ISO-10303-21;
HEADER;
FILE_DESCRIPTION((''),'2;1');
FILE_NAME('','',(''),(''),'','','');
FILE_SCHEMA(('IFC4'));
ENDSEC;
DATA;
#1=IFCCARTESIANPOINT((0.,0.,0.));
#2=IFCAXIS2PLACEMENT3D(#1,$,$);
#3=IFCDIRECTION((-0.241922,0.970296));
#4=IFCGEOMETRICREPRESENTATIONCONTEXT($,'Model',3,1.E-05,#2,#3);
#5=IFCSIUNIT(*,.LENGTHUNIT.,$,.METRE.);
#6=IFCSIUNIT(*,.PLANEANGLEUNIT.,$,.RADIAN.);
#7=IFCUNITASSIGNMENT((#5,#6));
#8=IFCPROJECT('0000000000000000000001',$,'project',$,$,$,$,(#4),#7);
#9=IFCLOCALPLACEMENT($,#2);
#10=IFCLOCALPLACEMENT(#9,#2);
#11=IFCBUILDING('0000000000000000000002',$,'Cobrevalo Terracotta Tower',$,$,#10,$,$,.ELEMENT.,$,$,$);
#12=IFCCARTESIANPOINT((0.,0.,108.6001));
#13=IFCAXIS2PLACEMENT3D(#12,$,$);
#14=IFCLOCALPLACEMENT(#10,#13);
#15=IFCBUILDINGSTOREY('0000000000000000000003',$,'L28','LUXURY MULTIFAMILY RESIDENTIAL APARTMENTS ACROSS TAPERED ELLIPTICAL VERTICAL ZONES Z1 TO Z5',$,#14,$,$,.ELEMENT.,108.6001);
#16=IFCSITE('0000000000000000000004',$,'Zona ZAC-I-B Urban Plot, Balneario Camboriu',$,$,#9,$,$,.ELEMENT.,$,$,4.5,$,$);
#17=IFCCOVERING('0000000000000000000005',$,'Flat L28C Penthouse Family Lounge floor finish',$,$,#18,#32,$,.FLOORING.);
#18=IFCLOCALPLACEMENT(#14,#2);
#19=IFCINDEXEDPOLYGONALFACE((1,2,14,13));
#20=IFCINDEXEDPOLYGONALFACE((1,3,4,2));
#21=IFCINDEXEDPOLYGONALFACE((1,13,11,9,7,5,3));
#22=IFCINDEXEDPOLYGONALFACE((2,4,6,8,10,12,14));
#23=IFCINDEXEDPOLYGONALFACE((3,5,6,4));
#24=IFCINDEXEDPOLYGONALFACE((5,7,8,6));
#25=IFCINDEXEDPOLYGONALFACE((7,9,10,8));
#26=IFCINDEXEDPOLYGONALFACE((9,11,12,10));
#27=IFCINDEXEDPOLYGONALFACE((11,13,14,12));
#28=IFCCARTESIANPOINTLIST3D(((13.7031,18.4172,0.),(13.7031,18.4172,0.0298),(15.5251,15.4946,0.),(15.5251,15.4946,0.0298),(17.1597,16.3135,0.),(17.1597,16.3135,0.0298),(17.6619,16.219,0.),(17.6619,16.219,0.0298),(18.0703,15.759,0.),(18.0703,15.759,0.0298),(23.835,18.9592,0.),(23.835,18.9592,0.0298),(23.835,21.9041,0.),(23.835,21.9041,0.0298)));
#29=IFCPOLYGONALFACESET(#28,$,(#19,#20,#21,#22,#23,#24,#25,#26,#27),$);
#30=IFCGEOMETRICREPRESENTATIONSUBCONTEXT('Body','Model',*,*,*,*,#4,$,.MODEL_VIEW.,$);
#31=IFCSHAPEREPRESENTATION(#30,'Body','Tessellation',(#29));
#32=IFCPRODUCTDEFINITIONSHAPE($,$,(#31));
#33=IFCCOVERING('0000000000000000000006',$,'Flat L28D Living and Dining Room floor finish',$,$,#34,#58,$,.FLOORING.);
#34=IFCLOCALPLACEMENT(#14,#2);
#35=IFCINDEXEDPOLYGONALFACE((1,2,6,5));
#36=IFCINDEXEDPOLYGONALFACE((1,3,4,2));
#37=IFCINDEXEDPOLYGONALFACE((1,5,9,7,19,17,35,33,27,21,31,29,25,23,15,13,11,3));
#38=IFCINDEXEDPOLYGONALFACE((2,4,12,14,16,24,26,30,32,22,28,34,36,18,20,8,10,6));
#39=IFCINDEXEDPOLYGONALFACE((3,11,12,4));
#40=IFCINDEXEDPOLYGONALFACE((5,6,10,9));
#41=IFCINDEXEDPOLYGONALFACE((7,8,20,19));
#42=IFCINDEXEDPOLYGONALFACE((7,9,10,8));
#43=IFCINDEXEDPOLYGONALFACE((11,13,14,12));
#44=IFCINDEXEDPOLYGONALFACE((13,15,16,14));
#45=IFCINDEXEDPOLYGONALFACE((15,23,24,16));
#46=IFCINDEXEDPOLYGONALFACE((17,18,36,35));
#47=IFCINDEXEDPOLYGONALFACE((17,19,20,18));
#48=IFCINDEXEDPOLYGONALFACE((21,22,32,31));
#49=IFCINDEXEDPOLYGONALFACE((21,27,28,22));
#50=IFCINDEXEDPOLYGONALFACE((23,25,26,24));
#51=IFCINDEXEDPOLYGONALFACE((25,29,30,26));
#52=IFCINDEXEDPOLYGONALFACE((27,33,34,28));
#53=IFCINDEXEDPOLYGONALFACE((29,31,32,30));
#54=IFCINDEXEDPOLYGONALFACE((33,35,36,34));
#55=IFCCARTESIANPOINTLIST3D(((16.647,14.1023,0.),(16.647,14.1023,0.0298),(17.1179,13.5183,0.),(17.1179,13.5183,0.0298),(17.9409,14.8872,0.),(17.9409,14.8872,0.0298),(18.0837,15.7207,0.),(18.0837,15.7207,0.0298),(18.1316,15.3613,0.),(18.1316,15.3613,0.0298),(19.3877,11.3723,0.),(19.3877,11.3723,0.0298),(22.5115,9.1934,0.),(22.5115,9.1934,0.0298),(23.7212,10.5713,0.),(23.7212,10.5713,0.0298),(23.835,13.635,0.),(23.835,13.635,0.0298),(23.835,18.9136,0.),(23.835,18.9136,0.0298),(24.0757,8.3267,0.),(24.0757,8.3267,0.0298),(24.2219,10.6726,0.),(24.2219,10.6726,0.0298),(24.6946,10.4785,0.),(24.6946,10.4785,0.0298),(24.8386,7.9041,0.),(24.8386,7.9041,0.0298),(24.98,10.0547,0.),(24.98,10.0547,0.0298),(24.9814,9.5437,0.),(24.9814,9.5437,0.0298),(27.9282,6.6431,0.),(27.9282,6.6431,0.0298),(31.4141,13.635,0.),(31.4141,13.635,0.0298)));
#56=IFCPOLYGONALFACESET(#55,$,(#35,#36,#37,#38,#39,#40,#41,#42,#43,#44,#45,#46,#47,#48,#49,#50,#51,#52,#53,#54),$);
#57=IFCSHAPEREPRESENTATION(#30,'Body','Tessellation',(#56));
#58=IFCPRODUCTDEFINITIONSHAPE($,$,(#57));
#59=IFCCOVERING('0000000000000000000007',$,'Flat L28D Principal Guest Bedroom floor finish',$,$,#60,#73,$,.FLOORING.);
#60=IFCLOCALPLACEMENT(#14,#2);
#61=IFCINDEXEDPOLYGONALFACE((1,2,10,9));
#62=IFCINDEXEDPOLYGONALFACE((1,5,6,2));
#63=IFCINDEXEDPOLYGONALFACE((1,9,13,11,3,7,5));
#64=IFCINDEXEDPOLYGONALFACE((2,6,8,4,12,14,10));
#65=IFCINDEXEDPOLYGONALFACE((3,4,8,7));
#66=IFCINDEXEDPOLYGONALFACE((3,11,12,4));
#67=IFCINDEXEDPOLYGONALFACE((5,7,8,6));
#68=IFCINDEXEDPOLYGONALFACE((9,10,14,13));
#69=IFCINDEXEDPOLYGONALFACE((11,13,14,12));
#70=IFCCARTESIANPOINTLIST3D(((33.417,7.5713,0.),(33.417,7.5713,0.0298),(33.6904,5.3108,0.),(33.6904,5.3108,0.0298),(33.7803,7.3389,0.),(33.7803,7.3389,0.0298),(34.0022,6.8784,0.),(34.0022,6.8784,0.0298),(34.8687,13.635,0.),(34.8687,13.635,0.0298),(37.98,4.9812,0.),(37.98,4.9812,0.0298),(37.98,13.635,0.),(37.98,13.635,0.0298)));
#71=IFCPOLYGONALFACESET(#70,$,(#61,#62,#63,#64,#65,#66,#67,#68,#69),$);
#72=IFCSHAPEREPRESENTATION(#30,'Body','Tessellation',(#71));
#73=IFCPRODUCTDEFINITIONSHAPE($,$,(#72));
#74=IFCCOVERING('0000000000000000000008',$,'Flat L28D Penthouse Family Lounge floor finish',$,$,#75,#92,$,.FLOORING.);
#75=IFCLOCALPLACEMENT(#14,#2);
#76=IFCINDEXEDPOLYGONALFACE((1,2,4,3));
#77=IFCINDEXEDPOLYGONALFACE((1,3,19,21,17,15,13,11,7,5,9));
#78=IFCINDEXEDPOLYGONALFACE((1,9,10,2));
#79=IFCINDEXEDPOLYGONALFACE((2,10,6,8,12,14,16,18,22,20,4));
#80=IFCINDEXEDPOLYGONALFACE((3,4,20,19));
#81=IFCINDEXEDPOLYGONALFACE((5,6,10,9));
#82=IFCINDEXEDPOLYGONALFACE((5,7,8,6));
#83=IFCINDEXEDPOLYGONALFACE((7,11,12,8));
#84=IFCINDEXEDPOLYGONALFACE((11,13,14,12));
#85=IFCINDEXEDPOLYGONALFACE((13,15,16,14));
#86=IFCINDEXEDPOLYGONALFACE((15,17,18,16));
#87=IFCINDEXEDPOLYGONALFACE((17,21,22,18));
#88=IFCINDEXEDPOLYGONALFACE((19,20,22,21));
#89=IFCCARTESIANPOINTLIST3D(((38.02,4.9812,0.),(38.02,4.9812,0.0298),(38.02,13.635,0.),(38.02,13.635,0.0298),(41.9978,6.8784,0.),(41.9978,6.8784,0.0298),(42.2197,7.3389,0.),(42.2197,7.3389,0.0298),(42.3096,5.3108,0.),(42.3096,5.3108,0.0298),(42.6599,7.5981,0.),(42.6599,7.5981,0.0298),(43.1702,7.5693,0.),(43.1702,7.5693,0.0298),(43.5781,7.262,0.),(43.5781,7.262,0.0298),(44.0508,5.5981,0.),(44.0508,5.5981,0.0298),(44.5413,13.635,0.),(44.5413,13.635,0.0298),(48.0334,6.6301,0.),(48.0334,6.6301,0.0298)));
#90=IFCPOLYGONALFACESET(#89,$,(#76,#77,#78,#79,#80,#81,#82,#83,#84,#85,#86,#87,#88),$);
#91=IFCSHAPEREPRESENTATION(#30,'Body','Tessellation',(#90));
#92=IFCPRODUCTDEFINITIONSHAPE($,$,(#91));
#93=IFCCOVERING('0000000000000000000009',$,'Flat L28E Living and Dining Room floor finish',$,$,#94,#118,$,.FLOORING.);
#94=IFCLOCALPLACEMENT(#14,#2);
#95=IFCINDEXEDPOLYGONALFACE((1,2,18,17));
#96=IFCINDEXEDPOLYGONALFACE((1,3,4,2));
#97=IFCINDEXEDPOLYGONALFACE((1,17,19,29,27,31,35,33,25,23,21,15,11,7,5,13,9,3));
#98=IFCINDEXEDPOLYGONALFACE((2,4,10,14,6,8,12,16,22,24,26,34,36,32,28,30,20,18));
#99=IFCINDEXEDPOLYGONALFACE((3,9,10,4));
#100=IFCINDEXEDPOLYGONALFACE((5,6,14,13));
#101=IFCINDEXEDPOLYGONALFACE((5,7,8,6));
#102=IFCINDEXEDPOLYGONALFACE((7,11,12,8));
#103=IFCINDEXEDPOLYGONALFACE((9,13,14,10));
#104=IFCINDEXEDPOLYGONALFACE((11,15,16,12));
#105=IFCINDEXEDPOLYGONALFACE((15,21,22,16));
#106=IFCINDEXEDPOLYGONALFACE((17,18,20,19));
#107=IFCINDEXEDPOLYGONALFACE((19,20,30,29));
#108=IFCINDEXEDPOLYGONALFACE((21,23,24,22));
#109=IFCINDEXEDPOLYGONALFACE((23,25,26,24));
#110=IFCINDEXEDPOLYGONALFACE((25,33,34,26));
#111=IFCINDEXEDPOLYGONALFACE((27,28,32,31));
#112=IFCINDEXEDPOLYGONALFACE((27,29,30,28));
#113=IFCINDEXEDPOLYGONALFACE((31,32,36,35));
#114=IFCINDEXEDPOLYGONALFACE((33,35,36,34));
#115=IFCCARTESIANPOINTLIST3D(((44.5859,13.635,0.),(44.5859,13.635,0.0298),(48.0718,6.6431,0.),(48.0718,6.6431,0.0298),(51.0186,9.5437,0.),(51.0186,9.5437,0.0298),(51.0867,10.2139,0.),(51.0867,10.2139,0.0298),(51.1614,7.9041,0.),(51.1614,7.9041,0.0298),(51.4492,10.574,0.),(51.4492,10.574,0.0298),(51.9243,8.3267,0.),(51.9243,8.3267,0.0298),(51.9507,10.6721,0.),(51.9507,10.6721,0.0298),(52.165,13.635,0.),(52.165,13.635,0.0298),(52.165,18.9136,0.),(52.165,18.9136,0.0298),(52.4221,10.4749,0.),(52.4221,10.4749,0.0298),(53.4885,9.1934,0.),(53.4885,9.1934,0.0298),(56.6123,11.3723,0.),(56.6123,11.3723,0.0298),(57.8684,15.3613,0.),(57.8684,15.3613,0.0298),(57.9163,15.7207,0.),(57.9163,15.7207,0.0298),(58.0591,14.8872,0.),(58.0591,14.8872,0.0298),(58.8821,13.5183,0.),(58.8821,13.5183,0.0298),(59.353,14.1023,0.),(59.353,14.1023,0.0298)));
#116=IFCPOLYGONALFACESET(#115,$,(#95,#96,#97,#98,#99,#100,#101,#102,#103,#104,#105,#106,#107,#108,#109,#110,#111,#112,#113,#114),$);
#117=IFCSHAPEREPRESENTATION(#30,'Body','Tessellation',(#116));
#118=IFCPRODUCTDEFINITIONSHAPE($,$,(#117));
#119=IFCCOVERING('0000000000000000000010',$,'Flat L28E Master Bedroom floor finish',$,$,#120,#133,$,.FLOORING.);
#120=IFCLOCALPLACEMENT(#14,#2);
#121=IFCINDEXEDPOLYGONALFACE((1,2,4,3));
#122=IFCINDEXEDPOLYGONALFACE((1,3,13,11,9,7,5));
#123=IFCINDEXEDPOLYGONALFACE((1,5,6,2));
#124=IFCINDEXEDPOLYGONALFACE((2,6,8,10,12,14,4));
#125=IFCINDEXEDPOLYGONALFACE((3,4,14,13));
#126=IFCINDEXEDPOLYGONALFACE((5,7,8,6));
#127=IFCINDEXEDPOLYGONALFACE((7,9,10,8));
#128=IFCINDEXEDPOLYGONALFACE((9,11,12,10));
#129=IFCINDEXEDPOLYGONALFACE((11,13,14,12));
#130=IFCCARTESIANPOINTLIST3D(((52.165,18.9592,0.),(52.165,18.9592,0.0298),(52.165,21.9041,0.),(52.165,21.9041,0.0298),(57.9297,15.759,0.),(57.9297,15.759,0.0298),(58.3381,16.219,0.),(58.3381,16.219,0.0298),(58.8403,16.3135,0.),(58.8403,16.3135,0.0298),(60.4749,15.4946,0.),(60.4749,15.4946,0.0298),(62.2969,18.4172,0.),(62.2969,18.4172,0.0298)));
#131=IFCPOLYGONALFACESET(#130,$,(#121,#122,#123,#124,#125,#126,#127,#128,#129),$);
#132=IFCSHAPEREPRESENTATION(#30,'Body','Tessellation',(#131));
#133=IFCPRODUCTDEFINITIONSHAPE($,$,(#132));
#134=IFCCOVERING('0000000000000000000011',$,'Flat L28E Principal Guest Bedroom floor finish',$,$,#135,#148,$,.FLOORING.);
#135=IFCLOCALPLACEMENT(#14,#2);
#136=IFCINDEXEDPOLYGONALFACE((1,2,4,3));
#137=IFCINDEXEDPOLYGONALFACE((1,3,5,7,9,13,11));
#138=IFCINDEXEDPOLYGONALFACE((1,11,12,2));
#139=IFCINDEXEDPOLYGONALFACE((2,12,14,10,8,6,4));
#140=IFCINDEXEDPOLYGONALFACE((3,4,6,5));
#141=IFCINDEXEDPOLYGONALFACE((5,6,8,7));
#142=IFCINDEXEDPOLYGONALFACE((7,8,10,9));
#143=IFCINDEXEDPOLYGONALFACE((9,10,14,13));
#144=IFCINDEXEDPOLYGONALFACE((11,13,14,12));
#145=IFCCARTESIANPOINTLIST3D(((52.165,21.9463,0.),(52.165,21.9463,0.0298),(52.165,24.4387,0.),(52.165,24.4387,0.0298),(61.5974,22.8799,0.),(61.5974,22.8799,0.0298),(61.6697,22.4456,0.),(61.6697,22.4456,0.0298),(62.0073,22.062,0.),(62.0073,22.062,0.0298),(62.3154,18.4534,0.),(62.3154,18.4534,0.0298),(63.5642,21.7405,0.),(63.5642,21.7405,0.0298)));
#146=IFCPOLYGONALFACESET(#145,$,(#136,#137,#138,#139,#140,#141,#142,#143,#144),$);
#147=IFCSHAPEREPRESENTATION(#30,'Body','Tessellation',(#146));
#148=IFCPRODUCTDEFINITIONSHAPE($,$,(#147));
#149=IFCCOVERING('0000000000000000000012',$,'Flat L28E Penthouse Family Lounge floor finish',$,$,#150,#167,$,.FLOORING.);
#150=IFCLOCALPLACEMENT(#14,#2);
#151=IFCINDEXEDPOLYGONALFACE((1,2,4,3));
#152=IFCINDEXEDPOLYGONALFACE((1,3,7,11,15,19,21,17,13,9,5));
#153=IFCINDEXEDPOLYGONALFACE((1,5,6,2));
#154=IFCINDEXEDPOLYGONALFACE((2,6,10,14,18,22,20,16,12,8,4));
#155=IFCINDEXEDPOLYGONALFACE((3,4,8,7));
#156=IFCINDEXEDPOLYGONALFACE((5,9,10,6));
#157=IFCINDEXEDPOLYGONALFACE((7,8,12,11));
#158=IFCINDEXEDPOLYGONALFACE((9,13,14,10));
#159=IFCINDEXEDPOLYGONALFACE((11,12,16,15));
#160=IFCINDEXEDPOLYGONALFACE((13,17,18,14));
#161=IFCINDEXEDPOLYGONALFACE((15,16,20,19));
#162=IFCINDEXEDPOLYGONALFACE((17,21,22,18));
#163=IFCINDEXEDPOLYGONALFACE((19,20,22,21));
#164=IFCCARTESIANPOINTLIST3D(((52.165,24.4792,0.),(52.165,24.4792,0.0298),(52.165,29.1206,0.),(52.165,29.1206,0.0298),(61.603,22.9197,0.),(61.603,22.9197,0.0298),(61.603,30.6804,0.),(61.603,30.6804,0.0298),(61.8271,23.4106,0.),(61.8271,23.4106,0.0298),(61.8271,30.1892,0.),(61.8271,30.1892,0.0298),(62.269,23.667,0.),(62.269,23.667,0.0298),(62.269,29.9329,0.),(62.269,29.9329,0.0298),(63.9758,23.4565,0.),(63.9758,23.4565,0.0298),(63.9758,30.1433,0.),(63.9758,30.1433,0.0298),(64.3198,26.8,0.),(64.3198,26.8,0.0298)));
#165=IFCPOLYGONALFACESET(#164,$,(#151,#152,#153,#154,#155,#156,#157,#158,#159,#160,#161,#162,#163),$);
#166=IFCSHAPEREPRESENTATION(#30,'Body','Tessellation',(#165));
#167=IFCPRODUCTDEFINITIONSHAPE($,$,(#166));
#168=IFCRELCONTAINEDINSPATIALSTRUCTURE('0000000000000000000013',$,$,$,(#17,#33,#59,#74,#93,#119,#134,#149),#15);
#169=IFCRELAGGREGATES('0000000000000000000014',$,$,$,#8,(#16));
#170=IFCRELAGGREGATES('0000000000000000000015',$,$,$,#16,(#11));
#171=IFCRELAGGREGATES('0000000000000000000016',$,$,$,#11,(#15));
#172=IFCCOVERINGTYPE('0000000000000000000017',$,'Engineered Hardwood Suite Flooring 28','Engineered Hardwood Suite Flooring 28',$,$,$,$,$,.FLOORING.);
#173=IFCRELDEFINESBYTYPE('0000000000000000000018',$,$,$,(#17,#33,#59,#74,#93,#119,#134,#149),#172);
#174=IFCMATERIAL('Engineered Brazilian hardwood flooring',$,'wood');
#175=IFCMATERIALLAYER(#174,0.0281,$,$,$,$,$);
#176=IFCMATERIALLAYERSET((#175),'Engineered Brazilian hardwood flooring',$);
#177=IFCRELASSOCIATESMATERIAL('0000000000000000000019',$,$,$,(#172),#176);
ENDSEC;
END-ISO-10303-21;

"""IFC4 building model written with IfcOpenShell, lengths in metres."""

from ifc_helpers import new_model, si_unit, direction, frame, origin, place, context, subcontext, project, spatial, polyline, outline, extrude, material, layer, layer_set, type_object, element, save


model = new_model("IFC4")

# Units and contexts
model_context = context("Model", 3, precision=1e-05, world=origin(), true_north=direction((-0.241922, 0.970296)))
body_context = subcontext(model_context, "Body", "Model", "MODEL_VIEW")
ifc_project = project(units=[si_unit("LENGTHUNIT", "METRE"), si_unit("PLANEANGLEUNIT", "RADIAN")], contexts=[model_context])

# Site, building, storey
site_placement = place(None, origin())
site = spatial("IfcSite", under=ifc_project, at=site_placement, Name="Zona ZAC-I-B Urban Plot, Balneario Camboriu", CompositionType="ELEMENT", RefElevation=4.5)
building_placement = place(site_placement, origin())
building = spatial("IfcBuilding", under=site, at=building_placement, Name="Cobrevalo Terracotta Tower", CompositionType="ELEMENT")
storey_placement = place(building_placement, frame((0.0, 0.0, 108.6001)))
storey = spatial("IfcBuildingStorey", under=building, at=storey_placement, Name="L28", Description="LUXURY MULTIFAMILY RESIDENTIAL APARTMENTS ACROSS TAPERED ELLIPTICAL VERTICAL ZONES Z1 TO Z5", CompositionType="ELEMENT", Elevation=108.6001)

# Coverings
ifc_material_1 = material(Name="Engineered Brazilian hardwood flooring", Category="wood")
ifc_layer_1 = layer(ifc_material_1, 0.0281)
ifc_layer_set_1 = layer_set([ifc_layer_1], Name="Engineered Brazilian hardwood flooring")
covering_type_1 = type_object("IfcCoveringType", Name="Engineered Hardwood Suite Flooring 28", Description="Engineered Hardwood Suite Flooring 28", PredefinedType="FLOORING", material=ifc_layer_set_1)
covering_1_placement = place(storey_placement, origin())
element("IfcCovering", 1, at=covering_1_placement, inside=storey, type_object=covering_type_1, Name="Flat L28C Penthouse Family Lounge floor finish", PredefinedType="FLOORING", context=body_context, shape_type="SweptSolid", body=[
    extrude(outline(polyline([(18.0703, 15.759), (17.6619, 16.219), (17.1597, 16.3135), (15.5251, 15.4946), (13.7031, 18.4172), (23.835, 21.9041), (23.835, 18.9592), (18.0703, 15.759)])), origin(), (0.0, 0.0, 1.0), 0.0298),
])
covering_2_placement = place(storey_placement, origin())
element("IfcCovering", 2, at=covering_2_placement, inside=storey, type_object=covering_type_1, Name="Flat L28D Living and Dining Room floor finish", PredefinedType="FLOORING", context=body_context, shape_type="SweptSolid", body=[
    extrude(outline(polyline([(24.8386, 7.9041), (24.0757, 8.3267), (24.9814, 9.5437), (24.98, 10.0547), (24.6946, 10.4785), (24.2219, 10.6726), (23.7212, 10.5713), (22.5115, 9.1934), (19.3877, 11.3723), (17.1179, 13.5183), (16.647, 14.1023), (17.9409, 14.8872), (18.1316, 15.3613), (18.0837, 15.7207), (23.835, 18.9136), (23.835, 13.635), (31.4141, 13.635), (27.9282, 6.6431), (24.8386, 7.9041)])), origin(), (0.0, 0.0, 1.0), 0.0298),
])
covering_3_placement = place(storey_placement, origin())
element("IfcCovering", 3, at=covering_3_placement, inside=storey, type_object=covering_type_1, Name="Flat L28D Principal Guest Bedroom floor finish", PredefinedType="FLOORING", context=body_context, shape_type="SweptSolid", body=[
    extrude(outline(polyline([(33.6904, 5.3108), (34.0022, 6.8784), (33.7803, 7.3389), (33.417, 7.5713), (34.8687, 13.635), (37.98, 13.635), (37.98, 4.9812), (33.6904, 5.3108)])), origin(), (0.0, 0.0, 1.0), 0.0298),
])
covering_4_placement = place(storey_placement, origin())
element("IfcCovering", 4, at=covering_4_placement, inside=storey, type_object=covering_type_1, Name="Flat L28D Penthouse Family Lounge floor finish", PredefinedType="FLOORING", context=body_context, shape_type="SweptSolid", body=[
    extrude(outline(polyline([(38.02, 13.635), (44.5413, 13.635), (48.0334, 6.6301), (44.0508, 5.5981), (43.5781, 7.262), (43.1702, 7.5693), (42.6599, 7.5981), (42.2197, 7.3389), (41.9978, 6.8784), (42.3096, 5.3108), (38.02, 4.9812), (38.02, 13.635)])), origin(), (0.0, 0.0, 1.0), 0.0298),
])
covering_5_placement = place(storey_placement, origin())
element("IfcCovering", 5, at=covering_5_placement, inside=storey, type_object=covering_type_1, Name="Flat L28E Living and Dining Room floor finish", PredefinedType="FLOORING", context=body_context, shape_type="SweptSolid", body=[
    extrude(outline(polyline([(56.6123, 11.3723), (53.4885, 9.1934), (52.4221, 10.4749), (51.9507, 10.6721), (51.4492, 10.574), (51.0867, 10.2139), (51.0186, 9.5437), (51.9243, 8.3267), (51.1614, 7.9041), (48.0718, 6.6431), (44.5859, 13.635), (52.165, 13.635), (52.165, 18.9136), (57.9163, 15.7207), (57.8684, 15.3613), (58.0591, 14.8872), (59.353, 14.1023), (58.8821, 13.5183), (56.6123, 11.3723)])), origin(), (0.0, 0.0, 1.0), 0.0298),
])
covering_6_placement = place(storey_placement, origin())
element("IfcCovering", 6, at=covering_6_placement, inside=storey, type_object=covering_type_1, Name="Flat L28E Master Bedroom floor finish", PredefinedType="FLOORING", context=body_context, shape_type="SweptSolid", body=[
    extrude(outline(polyline([(60.4749, 15.4946), (58.8403, 16.3135), (58.3381, 16.219), (57.9297, 15.759), (52.165, 18.9592), (52.165, 21.9041), (62.2969, 18.4172), (60.4749, 15.4946)])), origin(), (0.0, 0.0, 1.0), 0.0298),
])
covering_7_placement = place(storey_placement, origin())
element("IfcCovering", 7, at=covering_7_placement, inside=storey, type_object=covering_type_1, Name="Flat L28E Principal Guest Bedroom floor finish", PredefinedType="FLOORING", context=body_context, shape_type="SweptSolid", body=[
    extrude(outline(polyline([(52.165, 21.9463), (52.165, 24.4387), (61.5974, 22.8799), (61.6697, 22.4456), (62.0073, 22.062), (63.5642, 21.7405), (62.3154, 18.4534), (52.165, 21.9463)])), origin(), (0.0, 0.0, 1.0), 0.0298),
])
covering_8_placement = place(storey_placement, origin())
element("IfcCovering", 8, at=covering_8_placement, inside=storey, type_object=covering_type_1, Name="Flat L28E Penthouse Family Lounge floor finish", PredefinedType="FLOORING", context=body_context, shape_type="SweptSolid", body=[
    extrude(outline(polyline([(61.603, 30.6804), (61.8271, 30.1892), (62.269, 29.9329), (63.9758, 30.1433), (64.3198, 26.8), (63.9758, 23.4565), (62.269, 23.667), (61.8271, 23.4106), (61.603, 22.9197), (52.165, 24.4792), (52.165, 29.1206), (61.603, 30.6804)])), origin(), (0.0, 0.0, 1.0), 0.0298),
])

save(model, "model.ifc")
